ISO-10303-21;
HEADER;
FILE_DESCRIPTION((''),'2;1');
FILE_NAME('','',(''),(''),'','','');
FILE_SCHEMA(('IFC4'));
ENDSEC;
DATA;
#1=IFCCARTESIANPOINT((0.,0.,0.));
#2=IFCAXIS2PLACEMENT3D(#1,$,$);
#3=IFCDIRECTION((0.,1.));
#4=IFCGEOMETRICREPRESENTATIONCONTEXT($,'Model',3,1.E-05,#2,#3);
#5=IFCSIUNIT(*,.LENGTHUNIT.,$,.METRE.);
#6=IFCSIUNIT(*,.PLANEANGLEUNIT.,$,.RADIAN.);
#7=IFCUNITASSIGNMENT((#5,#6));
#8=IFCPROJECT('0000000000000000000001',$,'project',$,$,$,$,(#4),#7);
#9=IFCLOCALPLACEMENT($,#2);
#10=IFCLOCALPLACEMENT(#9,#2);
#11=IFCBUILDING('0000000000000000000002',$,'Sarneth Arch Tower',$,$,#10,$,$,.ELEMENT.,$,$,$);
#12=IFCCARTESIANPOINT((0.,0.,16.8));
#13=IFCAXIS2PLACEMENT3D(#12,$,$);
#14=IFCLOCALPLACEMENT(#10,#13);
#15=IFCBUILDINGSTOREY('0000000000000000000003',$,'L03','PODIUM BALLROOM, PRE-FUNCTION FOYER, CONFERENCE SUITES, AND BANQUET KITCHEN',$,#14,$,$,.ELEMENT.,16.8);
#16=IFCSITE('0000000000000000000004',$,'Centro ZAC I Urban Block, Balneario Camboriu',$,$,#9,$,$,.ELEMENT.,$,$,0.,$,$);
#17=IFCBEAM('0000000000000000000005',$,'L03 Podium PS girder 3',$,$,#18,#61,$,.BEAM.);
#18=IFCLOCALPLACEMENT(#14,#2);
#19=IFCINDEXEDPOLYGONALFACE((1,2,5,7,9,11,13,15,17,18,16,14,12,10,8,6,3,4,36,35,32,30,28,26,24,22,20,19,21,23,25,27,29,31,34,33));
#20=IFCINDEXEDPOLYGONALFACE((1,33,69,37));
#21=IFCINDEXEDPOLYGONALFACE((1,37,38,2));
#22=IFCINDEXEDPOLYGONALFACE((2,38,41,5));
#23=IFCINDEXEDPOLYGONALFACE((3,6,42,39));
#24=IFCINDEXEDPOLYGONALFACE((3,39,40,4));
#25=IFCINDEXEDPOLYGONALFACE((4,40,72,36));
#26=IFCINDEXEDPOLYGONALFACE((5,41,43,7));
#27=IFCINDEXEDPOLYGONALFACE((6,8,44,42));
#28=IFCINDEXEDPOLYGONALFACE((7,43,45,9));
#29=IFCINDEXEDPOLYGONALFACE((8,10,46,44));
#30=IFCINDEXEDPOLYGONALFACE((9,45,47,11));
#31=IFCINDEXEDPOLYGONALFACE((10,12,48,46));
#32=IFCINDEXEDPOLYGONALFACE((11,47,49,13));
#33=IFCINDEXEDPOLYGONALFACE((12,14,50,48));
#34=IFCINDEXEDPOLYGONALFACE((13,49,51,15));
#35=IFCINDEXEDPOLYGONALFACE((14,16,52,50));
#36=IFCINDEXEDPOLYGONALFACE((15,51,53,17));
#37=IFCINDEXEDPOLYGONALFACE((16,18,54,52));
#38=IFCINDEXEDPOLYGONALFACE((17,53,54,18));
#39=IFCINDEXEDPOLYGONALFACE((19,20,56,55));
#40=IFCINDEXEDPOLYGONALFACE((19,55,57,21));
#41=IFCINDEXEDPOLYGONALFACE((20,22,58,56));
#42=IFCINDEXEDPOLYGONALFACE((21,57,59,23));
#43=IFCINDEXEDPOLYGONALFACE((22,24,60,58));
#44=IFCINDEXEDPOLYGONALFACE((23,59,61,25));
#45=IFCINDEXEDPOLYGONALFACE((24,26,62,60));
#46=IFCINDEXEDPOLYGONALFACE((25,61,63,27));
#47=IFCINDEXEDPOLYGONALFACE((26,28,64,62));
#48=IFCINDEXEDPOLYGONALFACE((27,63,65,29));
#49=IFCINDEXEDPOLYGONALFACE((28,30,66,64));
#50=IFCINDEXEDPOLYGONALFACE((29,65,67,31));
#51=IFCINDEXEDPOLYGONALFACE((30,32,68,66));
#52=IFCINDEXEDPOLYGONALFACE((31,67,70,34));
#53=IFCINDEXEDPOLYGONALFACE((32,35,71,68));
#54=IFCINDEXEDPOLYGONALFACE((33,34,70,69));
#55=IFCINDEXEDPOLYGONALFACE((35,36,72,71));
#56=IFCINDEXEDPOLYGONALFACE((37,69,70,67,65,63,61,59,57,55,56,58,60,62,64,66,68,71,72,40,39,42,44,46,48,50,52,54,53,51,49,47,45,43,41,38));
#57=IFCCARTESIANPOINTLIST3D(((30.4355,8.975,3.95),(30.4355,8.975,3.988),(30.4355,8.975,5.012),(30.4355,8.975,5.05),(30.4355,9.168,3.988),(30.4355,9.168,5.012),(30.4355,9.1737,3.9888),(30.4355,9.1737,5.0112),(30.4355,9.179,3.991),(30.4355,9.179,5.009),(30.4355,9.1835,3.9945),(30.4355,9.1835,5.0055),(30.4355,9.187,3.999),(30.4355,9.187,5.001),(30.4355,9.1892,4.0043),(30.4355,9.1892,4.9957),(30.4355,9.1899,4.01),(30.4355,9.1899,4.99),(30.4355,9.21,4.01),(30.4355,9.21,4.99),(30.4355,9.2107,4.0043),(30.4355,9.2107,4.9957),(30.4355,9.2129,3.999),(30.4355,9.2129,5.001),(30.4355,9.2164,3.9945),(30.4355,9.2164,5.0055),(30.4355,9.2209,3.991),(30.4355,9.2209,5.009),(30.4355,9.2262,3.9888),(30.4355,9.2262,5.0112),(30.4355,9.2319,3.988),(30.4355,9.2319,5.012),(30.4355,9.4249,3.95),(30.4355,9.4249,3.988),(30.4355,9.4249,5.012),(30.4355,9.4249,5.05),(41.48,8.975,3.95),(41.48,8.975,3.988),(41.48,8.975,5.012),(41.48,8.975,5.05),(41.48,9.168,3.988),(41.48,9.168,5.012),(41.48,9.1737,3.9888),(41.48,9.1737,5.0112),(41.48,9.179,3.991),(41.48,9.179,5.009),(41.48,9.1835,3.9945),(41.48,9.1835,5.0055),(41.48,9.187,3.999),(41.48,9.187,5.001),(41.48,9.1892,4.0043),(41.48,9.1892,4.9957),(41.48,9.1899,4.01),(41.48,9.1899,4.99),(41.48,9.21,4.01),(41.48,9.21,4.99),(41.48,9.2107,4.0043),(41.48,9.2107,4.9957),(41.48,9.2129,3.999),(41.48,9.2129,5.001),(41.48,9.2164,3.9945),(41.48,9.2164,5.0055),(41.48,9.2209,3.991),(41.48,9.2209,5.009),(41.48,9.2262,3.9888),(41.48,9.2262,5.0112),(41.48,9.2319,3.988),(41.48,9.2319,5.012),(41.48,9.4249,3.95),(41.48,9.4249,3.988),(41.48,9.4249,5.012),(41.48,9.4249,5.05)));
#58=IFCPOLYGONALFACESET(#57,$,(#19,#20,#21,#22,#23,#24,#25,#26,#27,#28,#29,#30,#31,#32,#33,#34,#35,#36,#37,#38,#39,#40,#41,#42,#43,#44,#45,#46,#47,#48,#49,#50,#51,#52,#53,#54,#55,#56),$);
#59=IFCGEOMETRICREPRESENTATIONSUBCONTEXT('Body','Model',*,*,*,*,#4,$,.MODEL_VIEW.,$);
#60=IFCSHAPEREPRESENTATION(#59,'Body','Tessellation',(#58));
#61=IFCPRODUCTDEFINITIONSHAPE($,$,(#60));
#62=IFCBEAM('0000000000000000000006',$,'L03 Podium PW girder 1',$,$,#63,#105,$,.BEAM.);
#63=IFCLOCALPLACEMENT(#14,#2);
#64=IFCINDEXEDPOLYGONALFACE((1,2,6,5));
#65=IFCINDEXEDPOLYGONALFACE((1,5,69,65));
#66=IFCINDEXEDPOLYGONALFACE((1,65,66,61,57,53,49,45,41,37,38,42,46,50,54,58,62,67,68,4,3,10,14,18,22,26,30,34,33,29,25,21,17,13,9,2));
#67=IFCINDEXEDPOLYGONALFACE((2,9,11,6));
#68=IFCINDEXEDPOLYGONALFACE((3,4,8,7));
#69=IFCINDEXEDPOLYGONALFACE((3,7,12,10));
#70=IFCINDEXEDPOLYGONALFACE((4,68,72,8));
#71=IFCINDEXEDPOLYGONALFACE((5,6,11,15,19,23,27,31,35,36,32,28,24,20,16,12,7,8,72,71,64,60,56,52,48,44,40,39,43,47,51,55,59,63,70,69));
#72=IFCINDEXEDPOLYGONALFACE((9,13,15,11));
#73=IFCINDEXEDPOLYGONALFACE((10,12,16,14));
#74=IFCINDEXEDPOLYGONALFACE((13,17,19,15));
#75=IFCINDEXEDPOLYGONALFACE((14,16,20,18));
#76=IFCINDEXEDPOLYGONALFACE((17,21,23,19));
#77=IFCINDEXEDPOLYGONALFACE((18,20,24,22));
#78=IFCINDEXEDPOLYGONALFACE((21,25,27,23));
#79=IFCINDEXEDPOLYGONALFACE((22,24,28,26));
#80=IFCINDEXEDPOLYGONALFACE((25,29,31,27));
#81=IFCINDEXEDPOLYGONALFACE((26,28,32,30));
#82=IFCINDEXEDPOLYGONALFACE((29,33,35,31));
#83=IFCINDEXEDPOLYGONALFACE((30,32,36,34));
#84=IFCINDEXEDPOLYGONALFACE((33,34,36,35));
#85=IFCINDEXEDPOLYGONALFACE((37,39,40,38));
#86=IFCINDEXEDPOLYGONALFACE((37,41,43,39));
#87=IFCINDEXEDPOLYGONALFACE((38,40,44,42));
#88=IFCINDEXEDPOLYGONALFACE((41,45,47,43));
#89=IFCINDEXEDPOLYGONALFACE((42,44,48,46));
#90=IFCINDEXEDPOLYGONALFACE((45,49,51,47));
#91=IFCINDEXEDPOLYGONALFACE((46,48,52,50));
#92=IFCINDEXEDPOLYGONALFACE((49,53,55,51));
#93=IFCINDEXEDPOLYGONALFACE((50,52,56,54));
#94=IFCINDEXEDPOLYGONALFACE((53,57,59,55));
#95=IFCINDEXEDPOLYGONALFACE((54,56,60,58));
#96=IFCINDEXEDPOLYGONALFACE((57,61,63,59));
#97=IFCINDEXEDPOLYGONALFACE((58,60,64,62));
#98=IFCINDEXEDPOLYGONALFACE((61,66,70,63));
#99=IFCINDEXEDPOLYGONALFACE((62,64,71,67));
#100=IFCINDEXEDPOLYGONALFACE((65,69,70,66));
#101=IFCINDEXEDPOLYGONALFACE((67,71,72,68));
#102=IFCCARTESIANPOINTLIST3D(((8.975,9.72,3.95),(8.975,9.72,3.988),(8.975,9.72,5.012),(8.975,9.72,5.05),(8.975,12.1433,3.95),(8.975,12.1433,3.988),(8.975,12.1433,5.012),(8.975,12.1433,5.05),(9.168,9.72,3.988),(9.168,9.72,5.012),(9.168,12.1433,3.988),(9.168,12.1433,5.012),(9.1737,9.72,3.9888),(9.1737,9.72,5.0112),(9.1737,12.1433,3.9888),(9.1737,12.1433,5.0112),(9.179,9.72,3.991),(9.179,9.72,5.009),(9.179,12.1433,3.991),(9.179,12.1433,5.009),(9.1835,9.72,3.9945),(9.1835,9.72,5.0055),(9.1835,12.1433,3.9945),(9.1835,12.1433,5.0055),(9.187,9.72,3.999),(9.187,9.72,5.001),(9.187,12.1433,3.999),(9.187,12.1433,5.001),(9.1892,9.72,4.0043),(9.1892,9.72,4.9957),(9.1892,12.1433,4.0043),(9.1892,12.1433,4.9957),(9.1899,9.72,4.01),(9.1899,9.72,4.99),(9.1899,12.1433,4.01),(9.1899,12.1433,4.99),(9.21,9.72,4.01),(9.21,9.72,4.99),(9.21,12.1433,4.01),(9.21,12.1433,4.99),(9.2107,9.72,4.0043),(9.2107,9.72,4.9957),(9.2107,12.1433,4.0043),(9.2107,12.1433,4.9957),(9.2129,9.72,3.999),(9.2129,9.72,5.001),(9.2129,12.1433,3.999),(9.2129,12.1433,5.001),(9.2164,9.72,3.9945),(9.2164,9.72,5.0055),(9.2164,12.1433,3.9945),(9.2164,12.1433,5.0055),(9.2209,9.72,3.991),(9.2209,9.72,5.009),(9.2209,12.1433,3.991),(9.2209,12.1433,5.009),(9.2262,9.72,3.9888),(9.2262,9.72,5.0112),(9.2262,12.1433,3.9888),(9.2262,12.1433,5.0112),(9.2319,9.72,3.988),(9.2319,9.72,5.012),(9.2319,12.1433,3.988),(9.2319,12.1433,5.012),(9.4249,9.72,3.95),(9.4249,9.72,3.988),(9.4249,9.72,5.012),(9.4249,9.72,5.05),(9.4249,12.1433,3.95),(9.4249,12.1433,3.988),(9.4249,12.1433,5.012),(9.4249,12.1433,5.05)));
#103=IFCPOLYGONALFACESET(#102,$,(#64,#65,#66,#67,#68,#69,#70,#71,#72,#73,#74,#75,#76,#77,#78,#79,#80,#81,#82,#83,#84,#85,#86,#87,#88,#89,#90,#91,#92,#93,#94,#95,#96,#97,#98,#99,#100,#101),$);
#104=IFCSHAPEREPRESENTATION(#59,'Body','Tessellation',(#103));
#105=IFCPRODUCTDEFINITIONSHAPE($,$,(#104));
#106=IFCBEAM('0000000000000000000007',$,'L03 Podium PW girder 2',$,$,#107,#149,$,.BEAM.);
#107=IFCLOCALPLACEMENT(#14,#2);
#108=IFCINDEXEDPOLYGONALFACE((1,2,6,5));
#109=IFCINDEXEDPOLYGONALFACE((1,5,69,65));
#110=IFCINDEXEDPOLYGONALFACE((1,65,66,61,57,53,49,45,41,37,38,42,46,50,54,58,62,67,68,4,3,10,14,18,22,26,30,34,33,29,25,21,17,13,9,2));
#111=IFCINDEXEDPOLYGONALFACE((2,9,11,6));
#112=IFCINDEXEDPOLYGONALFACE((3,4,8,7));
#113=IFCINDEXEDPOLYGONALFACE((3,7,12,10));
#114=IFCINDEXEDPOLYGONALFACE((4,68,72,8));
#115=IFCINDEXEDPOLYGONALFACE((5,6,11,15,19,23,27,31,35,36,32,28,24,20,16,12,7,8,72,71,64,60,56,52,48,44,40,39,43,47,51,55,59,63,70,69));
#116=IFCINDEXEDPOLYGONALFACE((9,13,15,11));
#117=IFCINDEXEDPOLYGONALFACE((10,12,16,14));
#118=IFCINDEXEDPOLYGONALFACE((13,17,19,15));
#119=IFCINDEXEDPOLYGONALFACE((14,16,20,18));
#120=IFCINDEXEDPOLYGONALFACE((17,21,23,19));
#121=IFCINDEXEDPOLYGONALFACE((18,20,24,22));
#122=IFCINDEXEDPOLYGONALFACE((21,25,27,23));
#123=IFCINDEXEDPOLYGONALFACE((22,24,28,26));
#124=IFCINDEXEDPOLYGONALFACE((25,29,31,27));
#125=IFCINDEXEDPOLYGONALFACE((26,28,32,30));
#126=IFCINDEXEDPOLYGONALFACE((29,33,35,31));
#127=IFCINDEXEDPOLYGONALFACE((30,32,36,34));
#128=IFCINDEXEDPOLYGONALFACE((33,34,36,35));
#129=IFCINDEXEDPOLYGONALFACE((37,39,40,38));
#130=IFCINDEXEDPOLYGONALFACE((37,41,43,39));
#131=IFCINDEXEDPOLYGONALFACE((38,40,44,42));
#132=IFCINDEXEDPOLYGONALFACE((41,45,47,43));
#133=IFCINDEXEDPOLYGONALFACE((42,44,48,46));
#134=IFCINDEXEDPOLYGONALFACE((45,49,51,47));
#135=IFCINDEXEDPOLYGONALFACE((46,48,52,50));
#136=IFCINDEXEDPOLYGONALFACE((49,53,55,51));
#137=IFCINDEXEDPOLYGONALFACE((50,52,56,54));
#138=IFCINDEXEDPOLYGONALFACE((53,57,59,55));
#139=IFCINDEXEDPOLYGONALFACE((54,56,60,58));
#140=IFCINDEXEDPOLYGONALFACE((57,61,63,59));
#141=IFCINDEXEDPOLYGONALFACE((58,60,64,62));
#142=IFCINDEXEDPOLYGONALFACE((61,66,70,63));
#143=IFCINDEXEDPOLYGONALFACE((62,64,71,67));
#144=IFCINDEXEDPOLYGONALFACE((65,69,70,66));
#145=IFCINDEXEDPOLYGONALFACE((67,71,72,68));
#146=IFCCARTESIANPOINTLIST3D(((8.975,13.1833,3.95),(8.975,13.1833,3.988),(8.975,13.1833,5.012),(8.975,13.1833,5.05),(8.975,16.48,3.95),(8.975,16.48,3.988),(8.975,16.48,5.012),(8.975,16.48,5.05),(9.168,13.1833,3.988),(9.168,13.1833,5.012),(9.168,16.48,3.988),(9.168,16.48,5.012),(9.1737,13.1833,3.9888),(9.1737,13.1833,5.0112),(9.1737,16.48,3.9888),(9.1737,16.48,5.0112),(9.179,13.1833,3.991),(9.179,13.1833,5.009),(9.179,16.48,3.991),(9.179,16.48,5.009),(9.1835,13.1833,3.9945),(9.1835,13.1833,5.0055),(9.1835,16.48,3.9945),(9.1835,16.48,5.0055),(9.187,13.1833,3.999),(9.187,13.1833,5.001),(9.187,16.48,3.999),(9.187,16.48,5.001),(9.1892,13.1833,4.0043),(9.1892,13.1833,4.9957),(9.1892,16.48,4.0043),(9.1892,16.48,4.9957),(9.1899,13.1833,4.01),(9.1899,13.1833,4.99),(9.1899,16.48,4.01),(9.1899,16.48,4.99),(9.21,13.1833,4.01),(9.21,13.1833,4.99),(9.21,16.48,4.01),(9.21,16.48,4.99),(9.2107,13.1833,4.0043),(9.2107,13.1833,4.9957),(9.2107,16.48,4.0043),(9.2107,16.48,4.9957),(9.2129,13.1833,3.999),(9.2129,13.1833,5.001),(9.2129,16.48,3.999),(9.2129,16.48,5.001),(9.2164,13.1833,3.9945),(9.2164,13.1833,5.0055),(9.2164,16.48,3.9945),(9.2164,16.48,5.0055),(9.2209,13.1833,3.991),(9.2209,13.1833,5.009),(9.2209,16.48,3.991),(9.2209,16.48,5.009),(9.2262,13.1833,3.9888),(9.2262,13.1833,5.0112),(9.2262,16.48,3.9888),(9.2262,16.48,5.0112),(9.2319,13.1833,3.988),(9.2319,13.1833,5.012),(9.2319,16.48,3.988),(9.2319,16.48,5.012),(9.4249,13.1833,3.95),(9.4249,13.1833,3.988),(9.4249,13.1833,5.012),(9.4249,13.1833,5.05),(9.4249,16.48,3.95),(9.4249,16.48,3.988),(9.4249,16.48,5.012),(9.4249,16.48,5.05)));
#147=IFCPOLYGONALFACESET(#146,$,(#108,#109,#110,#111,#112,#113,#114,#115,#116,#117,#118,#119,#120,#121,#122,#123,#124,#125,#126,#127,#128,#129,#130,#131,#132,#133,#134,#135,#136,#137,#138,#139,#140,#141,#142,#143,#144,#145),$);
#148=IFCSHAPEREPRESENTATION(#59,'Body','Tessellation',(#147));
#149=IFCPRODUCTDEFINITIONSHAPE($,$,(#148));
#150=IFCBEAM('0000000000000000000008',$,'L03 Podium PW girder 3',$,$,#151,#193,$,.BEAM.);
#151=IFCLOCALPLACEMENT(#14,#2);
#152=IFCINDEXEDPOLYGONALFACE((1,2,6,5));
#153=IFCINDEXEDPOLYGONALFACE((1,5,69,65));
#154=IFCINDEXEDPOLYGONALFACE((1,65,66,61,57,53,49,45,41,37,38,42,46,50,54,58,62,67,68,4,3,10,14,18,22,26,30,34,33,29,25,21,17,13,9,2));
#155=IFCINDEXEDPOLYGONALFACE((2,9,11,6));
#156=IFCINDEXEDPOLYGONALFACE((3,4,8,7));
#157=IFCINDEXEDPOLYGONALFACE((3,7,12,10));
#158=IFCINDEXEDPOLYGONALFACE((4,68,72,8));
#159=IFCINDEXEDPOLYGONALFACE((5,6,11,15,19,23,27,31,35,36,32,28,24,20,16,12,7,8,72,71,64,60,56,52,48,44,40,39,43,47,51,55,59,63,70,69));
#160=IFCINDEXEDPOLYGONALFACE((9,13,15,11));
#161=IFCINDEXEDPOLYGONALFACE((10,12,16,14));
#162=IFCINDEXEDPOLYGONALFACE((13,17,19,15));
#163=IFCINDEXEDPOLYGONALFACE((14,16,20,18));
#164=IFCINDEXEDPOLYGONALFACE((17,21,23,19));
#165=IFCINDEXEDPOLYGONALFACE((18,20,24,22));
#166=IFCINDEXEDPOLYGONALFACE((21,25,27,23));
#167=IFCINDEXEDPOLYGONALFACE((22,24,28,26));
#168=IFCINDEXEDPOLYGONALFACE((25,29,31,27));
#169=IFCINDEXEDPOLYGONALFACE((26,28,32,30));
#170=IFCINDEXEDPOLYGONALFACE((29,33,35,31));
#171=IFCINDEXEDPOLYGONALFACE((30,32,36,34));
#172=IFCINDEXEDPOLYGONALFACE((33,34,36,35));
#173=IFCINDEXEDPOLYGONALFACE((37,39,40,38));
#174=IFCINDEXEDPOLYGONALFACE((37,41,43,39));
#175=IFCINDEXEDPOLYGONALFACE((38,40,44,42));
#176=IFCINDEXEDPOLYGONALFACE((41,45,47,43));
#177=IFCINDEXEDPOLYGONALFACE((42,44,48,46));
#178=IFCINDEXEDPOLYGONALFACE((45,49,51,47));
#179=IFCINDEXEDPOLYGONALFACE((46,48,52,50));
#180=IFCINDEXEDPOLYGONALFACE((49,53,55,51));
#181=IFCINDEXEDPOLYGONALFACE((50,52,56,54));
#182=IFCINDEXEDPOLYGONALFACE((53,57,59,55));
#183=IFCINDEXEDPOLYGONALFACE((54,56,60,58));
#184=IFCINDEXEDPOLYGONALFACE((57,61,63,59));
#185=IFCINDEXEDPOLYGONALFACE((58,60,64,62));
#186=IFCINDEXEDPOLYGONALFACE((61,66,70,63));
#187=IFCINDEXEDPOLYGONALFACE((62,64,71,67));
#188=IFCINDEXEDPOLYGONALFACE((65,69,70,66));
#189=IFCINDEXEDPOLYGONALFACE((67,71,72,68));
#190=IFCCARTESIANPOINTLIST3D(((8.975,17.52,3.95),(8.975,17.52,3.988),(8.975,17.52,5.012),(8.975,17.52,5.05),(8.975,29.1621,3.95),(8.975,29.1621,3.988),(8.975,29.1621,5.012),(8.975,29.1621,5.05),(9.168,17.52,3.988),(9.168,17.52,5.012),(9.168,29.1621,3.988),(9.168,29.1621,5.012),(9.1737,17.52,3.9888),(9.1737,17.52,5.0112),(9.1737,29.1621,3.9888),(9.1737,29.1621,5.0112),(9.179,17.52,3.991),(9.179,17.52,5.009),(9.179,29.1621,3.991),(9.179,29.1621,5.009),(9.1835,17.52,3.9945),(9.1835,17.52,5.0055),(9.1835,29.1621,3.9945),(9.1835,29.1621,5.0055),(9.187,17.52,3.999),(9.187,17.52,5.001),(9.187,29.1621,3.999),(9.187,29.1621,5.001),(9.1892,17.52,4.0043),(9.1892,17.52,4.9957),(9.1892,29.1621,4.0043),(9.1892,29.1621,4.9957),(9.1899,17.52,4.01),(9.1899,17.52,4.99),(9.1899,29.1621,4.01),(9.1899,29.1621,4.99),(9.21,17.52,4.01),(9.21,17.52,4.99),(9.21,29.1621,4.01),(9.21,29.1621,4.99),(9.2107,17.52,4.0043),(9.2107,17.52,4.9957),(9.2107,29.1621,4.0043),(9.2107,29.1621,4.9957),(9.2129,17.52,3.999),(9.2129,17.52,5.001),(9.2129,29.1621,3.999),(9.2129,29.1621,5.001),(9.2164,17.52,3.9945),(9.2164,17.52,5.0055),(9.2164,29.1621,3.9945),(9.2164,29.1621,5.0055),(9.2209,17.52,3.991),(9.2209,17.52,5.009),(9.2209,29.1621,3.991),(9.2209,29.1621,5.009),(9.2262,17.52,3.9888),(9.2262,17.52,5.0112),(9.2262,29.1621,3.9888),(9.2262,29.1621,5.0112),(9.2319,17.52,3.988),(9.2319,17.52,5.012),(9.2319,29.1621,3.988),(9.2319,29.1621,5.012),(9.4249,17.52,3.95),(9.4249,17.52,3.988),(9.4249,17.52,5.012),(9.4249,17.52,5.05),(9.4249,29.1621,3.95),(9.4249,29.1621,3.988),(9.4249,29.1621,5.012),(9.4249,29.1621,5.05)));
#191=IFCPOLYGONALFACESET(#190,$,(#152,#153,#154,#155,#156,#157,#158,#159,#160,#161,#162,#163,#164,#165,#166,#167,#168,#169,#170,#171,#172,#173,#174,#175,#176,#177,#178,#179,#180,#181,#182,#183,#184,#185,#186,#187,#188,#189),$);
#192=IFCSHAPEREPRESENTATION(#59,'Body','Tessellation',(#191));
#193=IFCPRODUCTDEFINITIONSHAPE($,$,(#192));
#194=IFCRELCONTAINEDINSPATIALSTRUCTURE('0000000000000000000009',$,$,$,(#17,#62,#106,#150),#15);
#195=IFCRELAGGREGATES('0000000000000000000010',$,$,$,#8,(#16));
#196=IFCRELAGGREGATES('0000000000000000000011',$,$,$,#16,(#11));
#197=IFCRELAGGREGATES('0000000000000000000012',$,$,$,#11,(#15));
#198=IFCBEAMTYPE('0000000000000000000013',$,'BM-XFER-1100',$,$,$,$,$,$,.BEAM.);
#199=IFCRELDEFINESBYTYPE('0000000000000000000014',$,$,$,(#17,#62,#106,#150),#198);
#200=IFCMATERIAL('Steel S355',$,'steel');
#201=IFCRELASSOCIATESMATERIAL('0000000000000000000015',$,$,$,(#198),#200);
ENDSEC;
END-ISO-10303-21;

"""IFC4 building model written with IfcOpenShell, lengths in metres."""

from ifc_helpers import new_model, si_unit, direction, frame, origin, origin_2d, place, context, subcontext, project, spatial, i_section, extrude, material, material_profile, profile_set, type_object, element, save


model = new_model("IFC4")

# Units and contexts
model_context = context("Model", 3, precision=1e-05, world=origin(), true_north=direction((0.0, 1.0)))
body_context = subcontext(model_context, "Body", "Model", "MODEL_VIEW")
ifc_project = project(units=[si_unit("LENGTHUNIT", "METRE"), si_unit("PLANEANGLEUNIT", "RADIAN")], contexts=[model_context])

# Site, building, storey
site_placement = place(None, origin())
site = spatial("IfcSite", under=ifc_project, at=site_placement, Name="Centro ZAC I Urban Block, Balneario Camboriu", CompositionType="ELEMENT", RefElevation=0.0)
building_placement = place(site_placement, origin())
building = spatial("IfcBuilding", under=site, at=building_placement, Name="Sarneth Arch Tower", CompositionType="ELEMENT")
storey_placement = place(building_placement, frame((0.0, 0.0, 16.8)))
storey = spatial("IfcBuildingStorey", under=building, at=storey_placement, Name="L03", Description="PODIUM BALLROOM, PRE-FUNCTION FOYER, CONFERENCE SUITES, AND BANQUET KITCHEN", CompositionType="ELEMENT", Elevation=16.8)

# Beams
ifc_material_1 = material(Name="Steel S355", Category="steel")
ifc_material_profile_1 = material_profile(ifc_material_1, i_section(OverallWidth=0.45, OverallDepth=1.1001, WebThickness=0.02, FlangeThickness=0.0381, FilletRadius=0.022, at=origin_2d()), Name="CVS1100x456")
ifc_profile_set_1 = profile_set([ifc_material_profile_1], Name="Steel S355")
beam_type_1 = type_object("IfcBeamType", Name="BM-XFER-1100", PredefinedType="BEAM", material=ifc_profile_set_1)
beam_1_placement = place(storey_placement, frame((30.4355, 9.2, 4.5), z_axis=(1.0, 0.0, 0.0), x_axis=(0.0, 1.0, 0.0)))
element("IfcBeam", 1, at=beam_1_placement, inside=storey, type_object=beam_type_1, Name="L03 Podium PS girder 3", PredefinedType="BEAM", context=body_context, shape_type="SweptSolid", body=[
    extrude(i_section(OverallWidth=0.45, OverallDepth=1.1001, WebThickness=0.02, FlangeThickness=0.0381, FilletRadius=0.022, at=origin_2d()), origin(), (0.0, 0.0, 1.0), 11.0444),
])
beam_2_placement = place(storey_placement, frame((9.2, 9.72, 4.5), z_axis=(0.0, 1.0, 0.0), x_axis=(-1.0, 0.0, 0.0)))
element("IfcBeam", 2, at=beam_2_placement, inside=storey, type_object=beam_type_1, Name="L03 Podium PW girder 1", PredefinedType="BEAM", context=body_context, shape_type="SweptSolid", body=[
    extrude(i_section(OverallWidth=0.45, OverallDepth=1.1001, WebThickness=0.02, FlangeThickness=0.0381, FilletRadius=0.022, at=origin_2d()), origin(), (0.0, 0.0, 1.0), 2.4233),
])
beam_3_placement = place(storey_placement, frame((9.2, 13.1833, 4.5), z_axis=(0.0, 1.0, 0.0), x_axis=(-1.0, 0.0, 0.0)))
element("IfcBeam", 3, at=beam_3_placement, inside=storey, type_object=beam_type_1, Name="L03 Podium PW girder 2", PredefinedType="BEAM", context=body_context, shape_type="SweptSolid", body=[
    extrude(i_section(OverallWidth=0.45, OverallDepth=1.1001, WebThickness=0.02, FlangeThickness=0.0381, FilletRadius=0.022, at=origin_2d()), origin(), (0.0, 0.0, 1.0), 3.2966),
])
beam_4_placement = place(storey_placement, frame((9.2, 17.52, 4.5), z_axis=(0.0, 1.0, 0.0), x_axis=(-1.0, 0.0, 0.0)))
element("IfcBeam", 4, at=beam_4_placement, inside=storey, type_object=beam_type_1, Name="L03 Podium PW girder 3", PredefinedType="BEAM", context=body_context, shape_type="SweptSolid", body=[
    extrude(i_section(OverallWidth=0.45, OverallDepth=1.1001, WebThickness=0.02, FlangeThickness=0.0381, FilletRadius=0.022, at=origin_2d()), origin(), (0.0, 0.0, 1.0), 11.6421),
])

save(model, "model.ifc")
